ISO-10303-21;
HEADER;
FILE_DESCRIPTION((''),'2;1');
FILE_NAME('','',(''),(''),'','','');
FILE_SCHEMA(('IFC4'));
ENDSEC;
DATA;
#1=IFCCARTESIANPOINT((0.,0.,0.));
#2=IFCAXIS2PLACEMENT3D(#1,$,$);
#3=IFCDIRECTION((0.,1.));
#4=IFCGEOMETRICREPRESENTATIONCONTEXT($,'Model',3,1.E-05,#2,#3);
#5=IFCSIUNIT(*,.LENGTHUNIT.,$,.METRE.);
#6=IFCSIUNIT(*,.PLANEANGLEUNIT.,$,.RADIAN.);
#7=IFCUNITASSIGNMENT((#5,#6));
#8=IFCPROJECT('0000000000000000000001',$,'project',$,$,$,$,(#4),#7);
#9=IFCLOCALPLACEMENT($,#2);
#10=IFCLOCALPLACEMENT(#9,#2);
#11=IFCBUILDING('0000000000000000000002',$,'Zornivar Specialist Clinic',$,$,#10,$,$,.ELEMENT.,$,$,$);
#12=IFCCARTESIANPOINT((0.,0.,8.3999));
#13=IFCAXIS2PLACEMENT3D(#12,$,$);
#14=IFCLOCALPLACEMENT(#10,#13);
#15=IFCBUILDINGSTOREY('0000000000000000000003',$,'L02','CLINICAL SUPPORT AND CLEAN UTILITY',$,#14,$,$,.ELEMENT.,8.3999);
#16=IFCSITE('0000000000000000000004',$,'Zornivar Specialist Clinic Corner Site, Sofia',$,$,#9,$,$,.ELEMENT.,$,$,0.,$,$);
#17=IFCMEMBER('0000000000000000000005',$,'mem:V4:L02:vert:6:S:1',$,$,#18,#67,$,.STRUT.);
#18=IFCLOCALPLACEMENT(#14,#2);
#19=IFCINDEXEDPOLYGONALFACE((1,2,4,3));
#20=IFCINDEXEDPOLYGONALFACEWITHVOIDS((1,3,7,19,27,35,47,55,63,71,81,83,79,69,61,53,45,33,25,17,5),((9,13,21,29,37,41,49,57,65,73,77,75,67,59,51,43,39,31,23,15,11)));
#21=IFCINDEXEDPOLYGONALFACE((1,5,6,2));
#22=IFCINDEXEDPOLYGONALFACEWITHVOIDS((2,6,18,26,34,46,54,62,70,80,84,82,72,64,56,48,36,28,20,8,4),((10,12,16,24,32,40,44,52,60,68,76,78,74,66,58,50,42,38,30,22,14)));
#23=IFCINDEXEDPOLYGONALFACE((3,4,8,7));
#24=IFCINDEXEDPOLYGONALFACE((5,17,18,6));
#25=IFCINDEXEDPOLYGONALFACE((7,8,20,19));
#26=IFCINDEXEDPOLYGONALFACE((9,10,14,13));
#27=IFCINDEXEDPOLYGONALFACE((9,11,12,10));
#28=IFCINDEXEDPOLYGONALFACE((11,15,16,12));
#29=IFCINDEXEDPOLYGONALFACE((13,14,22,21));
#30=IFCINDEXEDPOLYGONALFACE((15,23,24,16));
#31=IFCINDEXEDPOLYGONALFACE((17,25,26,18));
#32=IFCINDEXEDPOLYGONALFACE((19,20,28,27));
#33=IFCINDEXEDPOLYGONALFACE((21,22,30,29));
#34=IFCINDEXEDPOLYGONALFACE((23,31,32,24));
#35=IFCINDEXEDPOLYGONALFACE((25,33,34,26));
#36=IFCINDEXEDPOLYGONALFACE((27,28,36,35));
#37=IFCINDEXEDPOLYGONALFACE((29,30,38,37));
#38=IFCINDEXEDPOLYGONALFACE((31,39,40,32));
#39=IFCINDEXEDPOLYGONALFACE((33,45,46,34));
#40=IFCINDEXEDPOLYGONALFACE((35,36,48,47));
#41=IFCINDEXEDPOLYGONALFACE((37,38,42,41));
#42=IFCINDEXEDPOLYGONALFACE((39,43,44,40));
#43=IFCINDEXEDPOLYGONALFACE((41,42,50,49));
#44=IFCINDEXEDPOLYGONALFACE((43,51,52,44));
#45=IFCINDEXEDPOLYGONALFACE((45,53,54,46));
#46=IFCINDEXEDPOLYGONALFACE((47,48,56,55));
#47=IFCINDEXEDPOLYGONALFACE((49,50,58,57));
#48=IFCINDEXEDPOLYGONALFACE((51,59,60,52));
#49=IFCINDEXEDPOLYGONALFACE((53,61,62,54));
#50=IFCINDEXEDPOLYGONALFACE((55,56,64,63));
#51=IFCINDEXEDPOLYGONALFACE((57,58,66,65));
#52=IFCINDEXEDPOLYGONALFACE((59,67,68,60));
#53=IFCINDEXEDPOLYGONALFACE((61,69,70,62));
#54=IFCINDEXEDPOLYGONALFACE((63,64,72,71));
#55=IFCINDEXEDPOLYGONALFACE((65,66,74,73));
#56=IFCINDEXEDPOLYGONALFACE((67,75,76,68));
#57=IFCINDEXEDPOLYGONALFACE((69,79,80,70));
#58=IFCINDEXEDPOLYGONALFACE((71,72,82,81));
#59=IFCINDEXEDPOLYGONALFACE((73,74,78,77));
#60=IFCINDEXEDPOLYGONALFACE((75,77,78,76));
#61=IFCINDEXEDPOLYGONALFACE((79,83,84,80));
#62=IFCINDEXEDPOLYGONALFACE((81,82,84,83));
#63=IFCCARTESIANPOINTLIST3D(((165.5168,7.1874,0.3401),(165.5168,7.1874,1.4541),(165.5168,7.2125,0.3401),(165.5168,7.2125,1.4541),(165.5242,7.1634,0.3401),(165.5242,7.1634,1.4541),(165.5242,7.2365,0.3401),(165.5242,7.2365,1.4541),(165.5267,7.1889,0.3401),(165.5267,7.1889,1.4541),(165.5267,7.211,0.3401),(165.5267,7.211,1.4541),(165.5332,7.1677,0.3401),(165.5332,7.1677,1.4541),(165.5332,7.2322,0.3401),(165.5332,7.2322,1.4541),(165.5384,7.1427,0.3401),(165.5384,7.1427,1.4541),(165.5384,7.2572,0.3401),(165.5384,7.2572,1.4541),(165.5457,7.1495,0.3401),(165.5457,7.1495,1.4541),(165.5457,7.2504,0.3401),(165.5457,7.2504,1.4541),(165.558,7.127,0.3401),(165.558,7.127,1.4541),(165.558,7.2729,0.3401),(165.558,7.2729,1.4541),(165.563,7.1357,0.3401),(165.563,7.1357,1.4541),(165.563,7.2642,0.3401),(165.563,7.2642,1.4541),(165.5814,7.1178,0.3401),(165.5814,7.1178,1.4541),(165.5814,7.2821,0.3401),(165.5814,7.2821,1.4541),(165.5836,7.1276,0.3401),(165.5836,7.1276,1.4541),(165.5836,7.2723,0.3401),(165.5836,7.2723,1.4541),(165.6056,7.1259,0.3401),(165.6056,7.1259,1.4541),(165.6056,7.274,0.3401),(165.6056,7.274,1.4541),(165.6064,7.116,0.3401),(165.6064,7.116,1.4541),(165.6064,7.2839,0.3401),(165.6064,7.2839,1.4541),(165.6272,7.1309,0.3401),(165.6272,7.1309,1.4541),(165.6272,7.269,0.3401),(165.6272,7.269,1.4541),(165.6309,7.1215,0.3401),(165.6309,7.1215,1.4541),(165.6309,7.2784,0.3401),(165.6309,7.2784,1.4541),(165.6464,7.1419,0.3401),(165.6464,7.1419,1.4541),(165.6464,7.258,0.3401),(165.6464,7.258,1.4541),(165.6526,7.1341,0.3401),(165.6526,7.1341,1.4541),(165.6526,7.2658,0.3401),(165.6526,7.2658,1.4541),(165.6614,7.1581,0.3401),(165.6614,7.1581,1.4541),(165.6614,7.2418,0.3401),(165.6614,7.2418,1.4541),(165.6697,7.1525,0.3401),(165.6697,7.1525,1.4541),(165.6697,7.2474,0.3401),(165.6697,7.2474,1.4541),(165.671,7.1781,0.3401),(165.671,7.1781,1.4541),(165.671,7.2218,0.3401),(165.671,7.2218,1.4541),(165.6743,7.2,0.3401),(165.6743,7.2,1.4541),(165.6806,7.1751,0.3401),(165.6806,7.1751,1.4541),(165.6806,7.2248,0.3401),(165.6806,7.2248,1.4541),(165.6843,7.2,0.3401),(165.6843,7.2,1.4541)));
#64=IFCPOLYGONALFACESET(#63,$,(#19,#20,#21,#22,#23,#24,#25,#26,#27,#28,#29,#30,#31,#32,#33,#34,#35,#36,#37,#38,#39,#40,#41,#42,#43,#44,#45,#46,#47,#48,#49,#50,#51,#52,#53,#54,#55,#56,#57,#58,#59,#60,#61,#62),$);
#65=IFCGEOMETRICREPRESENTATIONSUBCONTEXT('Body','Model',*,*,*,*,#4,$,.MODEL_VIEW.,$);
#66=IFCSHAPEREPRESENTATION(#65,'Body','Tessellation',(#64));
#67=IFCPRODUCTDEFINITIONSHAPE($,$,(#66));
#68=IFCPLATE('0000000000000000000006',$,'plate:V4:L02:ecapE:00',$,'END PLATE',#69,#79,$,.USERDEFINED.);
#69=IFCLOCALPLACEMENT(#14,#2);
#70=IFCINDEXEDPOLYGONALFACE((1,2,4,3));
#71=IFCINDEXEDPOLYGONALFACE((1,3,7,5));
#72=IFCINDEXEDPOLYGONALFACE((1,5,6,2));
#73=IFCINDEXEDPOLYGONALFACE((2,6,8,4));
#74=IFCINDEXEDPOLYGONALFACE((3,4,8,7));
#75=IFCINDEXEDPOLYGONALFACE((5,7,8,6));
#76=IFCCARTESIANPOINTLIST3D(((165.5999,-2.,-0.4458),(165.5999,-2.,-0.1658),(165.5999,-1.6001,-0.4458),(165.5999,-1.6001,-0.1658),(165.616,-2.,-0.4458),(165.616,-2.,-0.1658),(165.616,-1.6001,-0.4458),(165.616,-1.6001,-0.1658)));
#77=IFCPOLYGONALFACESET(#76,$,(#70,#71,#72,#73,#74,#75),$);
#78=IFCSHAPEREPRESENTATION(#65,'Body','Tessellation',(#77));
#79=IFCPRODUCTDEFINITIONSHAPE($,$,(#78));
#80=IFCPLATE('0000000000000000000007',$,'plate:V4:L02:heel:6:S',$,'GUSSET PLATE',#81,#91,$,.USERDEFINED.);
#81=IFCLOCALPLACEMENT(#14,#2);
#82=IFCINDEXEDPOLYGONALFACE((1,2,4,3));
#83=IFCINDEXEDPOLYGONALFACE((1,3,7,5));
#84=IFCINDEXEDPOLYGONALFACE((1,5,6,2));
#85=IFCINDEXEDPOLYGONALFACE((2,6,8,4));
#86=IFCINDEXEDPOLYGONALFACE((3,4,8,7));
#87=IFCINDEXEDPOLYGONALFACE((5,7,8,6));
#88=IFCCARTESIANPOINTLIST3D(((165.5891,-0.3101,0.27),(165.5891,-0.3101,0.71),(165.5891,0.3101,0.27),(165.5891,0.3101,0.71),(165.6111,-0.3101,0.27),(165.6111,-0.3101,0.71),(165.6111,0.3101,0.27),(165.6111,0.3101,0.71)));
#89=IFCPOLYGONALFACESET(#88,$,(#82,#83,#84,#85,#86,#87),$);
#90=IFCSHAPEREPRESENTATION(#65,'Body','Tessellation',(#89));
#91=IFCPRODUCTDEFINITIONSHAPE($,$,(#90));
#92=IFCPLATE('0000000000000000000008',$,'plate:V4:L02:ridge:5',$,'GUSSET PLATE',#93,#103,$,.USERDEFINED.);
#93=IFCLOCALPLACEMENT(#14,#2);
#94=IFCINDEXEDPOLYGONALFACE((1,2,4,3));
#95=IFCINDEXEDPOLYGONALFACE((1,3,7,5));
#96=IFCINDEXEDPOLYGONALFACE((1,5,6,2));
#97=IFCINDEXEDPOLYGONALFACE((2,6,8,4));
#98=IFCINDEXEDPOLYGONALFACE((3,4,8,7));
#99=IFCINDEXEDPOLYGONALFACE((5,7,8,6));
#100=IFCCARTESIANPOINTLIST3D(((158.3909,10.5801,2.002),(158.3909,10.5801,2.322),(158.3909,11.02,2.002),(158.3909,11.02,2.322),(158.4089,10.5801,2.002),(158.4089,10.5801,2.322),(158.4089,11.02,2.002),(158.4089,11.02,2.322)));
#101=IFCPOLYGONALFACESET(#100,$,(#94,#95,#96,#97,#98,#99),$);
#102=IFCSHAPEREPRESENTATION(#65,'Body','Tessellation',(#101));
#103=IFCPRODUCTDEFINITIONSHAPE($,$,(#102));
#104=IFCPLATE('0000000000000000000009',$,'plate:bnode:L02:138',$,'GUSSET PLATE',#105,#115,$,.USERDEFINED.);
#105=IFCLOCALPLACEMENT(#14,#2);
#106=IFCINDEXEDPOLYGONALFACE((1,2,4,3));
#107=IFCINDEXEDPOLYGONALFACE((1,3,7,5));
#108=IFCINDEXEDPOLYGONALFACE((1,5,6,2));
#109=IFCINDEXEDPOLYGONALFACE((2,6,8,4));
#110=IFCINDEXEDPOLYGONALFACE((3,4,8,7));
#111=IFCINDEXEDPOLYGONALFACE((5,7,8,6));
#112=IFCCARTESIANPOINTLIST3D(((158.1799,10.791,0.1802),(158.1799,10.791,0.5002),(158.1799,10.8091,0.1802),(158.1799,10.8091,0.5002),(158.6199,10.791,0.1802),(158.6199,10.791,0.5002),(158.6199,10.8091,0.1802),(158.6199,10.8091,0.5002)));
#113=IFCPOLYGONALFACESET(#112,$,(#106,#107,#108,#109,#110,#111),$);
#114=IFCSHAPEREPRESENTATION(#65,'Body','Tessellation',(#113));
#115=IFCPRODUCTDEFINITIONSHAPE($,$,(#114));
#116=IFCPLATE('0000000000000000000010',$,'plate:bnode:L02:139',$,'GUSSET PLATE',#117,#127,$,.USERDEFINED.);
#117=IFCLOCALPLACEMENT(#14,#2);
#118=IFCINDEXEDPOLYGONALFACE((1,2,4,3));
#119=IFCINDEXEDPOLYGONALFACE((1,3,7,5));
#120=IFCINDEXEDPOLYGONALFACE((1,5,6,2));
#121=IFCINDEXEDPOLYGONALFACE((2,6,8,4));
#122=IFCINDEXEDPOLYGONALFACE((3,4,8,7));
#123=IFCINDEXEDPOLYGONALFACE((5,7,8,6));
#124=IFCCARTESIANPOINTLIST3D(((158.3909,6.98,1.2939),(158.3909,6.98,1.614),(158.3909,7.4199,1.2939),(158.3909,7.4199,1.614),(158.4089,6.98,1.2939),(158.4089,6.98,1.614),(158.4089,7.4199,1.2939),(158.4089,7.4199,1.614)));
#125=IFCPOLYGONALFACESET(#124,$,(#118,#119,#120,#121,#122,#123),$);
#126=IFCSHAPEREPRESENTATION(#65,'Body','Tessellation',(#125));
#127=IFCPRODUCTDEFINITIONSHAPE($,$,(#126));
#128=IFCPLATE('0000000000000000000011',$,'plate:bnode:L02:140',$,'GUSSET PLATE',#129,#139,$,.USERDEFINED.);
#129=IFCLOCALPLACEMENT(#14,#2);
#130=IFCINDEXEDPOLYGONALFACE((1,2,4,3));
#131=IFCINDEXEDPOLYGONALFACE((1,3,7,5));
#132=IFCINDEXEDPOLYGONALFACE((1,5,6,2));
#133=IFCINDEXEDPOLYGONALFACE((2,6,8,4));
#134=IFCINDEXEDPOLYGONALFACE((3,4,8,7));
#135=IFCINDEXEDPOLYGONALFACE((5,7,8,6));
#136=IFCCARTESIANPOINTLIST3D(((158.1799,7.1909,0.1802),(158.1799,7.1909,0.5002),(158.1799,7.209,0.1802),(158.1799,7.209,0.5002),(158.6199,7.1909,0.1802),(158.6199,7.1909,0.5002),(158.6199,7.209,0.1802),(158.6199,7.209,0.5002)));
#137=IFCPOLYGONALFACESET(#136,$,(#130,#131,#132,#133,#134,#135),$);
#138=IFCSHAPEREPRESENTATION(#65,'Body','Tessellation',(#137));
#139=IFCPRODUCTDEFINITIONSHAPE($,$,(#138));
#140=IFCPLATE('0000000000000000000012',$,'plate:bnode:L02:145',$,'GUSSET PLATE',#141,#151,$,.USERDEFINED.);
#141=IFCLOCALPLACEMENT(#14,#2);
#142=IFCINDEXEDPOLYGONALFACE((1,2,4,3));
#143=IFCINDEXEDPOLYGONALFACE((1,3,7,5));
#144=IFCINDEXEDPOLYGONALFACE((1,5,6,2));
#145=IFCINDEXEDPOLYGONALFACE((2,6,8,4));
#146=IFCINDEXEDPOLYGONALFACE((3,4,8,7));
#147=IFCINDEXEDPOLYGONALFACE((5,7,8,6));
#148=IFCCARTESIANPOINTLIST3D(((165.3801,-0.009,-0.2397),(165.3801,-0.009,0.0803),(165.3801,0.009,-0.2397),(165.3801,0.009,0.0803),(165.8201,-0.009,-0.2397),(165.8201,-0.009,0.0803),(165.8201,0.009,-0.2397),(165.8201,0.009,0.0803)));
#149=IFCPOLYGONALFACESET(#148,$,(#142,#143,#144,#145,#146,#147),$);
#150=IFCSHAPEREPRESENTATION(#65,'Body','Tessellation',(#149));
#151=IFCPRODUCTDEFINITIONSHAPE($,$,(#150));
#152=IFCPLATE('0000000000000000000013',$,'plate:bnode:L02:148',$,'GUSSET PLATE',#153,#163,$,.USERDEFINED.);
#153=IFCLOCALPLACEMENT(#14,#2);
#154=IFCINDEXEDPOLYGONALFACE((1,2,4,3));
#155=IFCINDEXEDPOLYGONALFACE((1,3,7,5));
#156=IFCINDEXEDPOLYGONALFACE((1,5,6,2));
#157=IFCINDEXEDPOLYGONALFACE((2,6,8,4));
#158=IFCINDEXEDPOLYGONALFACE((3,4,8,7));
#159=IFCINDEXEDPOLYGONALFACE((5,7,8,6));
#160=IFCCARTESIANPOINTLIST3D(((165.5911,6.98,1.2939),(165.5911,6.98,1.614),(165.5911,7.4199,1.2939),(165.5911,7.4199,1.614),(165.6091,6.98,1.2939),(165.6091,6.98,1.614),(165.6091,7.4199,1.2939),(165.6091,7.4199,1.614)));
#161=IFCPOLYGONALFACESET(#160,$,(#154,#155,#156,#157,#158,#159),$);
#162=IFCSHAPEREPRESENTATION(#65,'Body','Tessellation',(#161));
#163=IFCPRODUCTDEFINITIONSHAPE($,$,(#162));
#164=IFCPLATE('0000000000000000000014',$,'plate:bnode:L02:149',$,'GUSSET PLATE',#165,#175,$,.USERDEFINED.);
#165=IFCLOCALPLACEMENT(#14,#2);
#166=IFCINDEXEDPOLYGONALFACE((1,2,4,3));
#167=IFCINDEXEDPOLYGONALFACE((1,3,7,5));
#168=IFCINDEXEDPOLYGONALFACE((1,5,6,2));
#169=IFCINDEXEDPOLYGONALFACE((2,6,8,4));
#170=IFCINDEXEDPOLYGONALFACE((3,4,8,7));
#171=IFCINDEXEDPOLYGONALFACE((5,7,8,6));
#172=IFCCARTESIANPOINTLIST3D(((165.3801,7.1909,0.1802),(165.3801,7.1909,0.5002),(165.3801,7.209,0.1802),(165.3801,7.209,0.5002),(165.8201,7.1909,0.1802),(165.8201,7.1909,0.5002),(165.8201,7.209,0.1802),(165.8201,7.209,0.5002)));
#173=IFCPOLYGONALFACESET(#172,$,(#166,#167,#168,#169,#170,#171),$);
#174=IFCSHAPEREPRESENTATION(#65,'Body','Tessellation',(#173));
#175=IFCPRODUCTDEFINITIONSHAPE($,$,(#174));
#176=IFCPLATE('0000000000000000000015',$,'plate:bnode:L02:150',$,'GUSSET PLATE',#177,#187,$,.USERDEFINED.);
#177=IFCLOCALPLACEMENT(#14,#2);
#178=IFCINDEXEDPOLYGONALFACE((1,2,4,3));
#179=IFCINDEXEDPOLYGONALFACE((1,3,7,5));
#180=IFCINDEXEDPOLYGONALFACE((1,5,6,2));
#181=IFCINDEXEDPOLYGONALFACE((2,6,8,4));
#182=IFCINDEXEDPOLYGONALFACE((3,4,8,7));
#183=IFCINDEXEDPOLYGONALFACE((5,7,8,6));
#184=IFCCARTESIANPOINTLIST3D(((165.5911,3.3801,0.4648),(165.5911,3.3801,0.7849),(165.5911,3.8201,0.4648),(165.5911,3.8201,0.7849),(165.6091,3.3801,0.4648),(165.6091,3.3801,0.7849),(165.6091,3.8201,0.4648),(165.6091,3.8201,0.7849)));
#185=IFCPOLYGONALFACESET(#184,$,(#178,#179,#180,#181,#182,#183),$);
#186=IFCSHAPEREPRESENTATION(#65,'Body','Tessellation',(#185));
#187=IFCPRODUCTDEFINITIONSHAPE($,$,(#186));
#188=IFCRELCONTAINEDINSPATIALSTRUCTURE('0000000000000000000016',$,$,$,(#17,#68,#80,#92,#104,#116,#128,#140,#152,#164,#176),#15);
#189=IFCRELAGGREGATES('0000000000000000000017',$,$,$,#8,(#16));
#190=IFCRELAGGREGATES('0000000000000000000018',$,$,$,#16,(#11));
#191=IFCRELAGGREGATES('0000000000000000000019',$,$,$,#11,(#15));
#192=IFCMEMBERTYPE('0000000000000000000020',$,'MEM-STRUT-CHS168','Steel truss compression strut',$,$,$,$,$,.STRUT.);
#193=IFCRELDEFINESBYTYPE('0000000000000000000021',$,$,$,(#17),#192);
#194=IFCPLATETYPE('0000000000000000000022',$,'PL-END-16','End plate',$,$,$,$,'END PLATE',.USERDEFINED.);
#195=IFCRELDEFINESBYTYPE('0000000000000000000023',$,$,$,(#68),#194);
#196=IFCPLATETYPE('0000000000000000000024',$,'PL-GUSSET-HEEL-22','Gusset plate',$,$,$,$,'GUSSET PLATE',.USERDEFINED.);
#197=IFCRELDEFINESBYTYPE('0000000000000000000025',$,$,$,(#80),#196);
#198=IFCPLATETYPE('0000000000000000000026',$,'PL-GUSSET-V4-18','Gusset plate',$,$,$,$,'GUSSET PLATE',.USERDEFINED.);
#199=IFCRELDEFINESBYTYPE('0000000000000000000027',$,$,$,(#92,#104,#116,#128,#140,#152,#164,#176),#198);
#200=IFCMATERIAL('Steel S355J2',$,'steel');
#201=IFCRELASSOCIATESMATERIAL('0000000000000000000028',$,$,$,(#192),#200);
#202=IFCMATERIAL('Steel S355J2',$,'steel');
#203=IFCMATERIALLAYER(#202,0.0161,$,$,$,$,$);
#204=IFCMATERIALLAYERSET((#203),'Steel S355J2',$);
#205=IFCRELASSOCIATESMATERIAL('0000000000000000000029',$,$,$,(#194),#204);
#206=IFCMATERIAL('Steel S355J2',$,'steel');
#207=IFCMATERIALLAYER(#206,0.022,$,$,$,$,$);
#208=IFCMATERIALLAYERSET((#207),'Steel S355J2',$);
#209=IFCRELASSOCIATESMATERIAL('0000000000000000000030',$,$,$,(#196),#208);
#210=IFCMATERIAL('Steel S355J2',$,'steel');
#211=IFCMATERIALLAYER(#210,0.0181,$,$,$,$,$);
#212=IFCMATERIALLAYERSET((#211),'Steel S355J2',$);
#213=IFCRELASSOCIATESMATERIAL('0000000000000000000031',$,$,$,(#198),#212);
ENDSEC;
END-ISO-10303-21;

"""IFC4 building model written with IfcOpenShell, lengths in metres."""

from ifc_helpers import new_model, si_unit, direction, frame, origin, origin_2d, place, context, subcontext, project, spatial, rectangle, hollow_circle, extrude, material, layer, layer_set, material_profile, profile_set, type_object, element, save


model = new_model("IFC4")

# Units and contexts
model_context = context("Model", 3, precision=1e-05, world=origin(), true_north=direction((0.0, 1.0)))
body_context = subcontext(model_context, "Body", "Model", "MODEL_VIEW")
ifc_project = project(units=[si_unit("LENGTHUNIT", "METRE"), si_unit("PLANEANGLEUNIT", "RADIAN")], contexts=[model_context])

# Site, building, storey
site_placement = place(None, origin())
site = spatial("IfcSite", under=ifc_project, at=site_placement, Name="Zornivar Specialist Clinic Corner Site, Sofia", CompositionType="ELEMENT", RefElevation=0.0)
building_placement = place(site_placement, origin())
building = spatial("IfcBuilding", under=site, at=building_placement, Name="Zornivar Specialist Clinic", CompositionType="ELEMENT")
storey_placement = place(building_placement, frame((0.0, 0.0, 8.3999)))
storey = spatial("IfcBuildingStorey", under=building, at=storey_placement, Name="L02", Description="CLINICAL SUPPORT AND CLEAN UTILITY", CompositionType="ELEMENT", Elevation=8.3999)

# Member
ifc_material_1 = material(Name="Steel S355J2", Category="steel")
ifc_material_profile_1 = material_profile(ifc_material_1, hollow_circle(Radius=0.0842, WallThickness=0.01, at=origin_2d()), Name="CHS 168.3x10")
ifc_profile_set_1 = profile_set([ifc_material_profile_1], Name="Steel S355J2")
member_type_1 = type_object("IfcMemberType", Name="MEM-STRUT-CHS168", Description="Steel truss compression strut", PredefinedType="STRUT", material=ifc_profile_set_1)
member_1_placement = place(storey_placement, frame((165.6001, 7.2, 0.3401), z_axis=(0.0, 0.0, 1.0), x_axis=(1.0, 0.0, 0.0)))
element("IfcMember", 1, at=member_1_placement, inside=storey, type_object=member_type_1, Name="mem:V4:L02:vert:6:S:1", PredefinedType="STRUT", context=body_context, shape_type="SweptSolid", body=[
    extrude(hollow_circle(Radius=0.0842, WallThickness=0.01, at=origin_2d()), origin(), (0.0, 0.0, 1.0), 1.114),
])

# Plates
ifc_material_2 = material(Name="Steel S355J2", Category="steel")
ifc_layer_1 = layer(ifc_material_2, 0.0161)
ifc_layer_set_1 = layer_set([ifc_layer_1], Name="Steel S355J2")
plate_type_1 = type_object("IfcPlateType", Name="PL-END-16", Description="End plate", ElementType="END PLATE", PredefinedType="USERDEFINED", material=ifc_layer_set_1)
plate_1_placement = place(storey_placement, frame((165.6079, -1.8, -0.4458), z_axis=(0.0, 0.0, 1.0), x_axis=(1.0, 0.0, 0.0)))
element("IfcPlate", 2, at=plate_1_placement, inside=storey, type_object=plate_type_1, Name="plate:V4:L02:ecapE:00", ObjectType="END PLATE", PredefinedType="USERDEFINED", context=body_context, shape_type="SweptSolid", body=[
    extrude(rectangle(XDim=0.0161, YDim=0.3999, at=origin_2d()), origin(), (0.0, 0.0, 1.0), 0.28),
])
ifc_material_3 = material(Name="Steel S355J2", Category="steel")
ifc_layer_2 = layer(ifc_material_3, 0.022)
ifc_layer_set_2 = layer_set([ifc_layer_2], Name="Steel S355J2")
plate_type_2 = type_object("IfcPlateType", Name="PL-GUSSET-HEEL-22", Description="Gusset plate", ElementType="GUSSET PLATE", PredefinedType="USERDEFINED", material=ifc_layer_set_2)
plate_2_placement = place(storey_placement, frame((165.6001, 0.0, 0.27), z_axis=(0.0, 0.0, 1.0), x_axis=(1.0, 0.0, 0.0)))
element("IfcPlate", 3, at=plate_2_placement, inside=storey, type_object=plate_type_2, Name="plate:V4:L02:heel:6:S", ObjectType="GUSSET PLATE", PredefinedType="USERDEFINED", context=body_context, shape_type="SweptSolid", body=[
    extrude(rectangle(XDim=0.022, YDim=0.6201, at=origin_2d()), origin(), (0.0, 0.0, 1.0), 0.4399),
])
ifc_material_4 = material(Name="Steel S355J2", Category="steel")
ifc_layer_3 = layer(ifc_material_4, 0.0181)
ifc_layer_set_3 = layer_set([ifc_layer_3], Name="Steel S355J2")
plate_type_3 = type_object("IfcPlateType", Name="PL-GUSSET-V4-18", Description="Gusset plate", ElementType="GUSSET PLATE", PredefinedType="USERDEFINED", material=ifc_layer_set_3)
plate_3_placement = place(storey_placement, frame((158.3999, 10.8, 2.002), z_axis=(0.0, 0.0, 1.0), x_axis=(1.0, 0.0, 0.0)))
element("IfcPlate", 4, at=plate_3_placement, inside=storey, type_object=plate_type_3, Name="plate:V4:L02:ridge:5", ObjectType="GUSSET PLATE", PredefinedType="USERDEFINED", context=body_context, shape_type="SweptSolid", body=[
    extrude(rectangle(XDim=0.0181, YDim=0.4399, at=origin_2d()), origin(), (0.0, 0.0, 1.0), 0.3201),
])
for number, where, z_axis, x_axis, name in (
    (5, (158.3999, 10.8, 0.1802), (0.0, 0.0, 1.0), (1.0, 0.0, 0.0), "plate:bnode:L02:138"),
    (6, (158.3999, 7.2, 1.2939), (0.0, 0.0, 1.0), (0.0, 1.0, 0.0), "plate:bnode:L02:139"),
    (7, (158.3999, 7.2, 0.1802), (0.0, 0.0, 1.0), (1.0, 0.0, 0.0), "plate:bnode:L02:140"),
    (8, (165.6001, 0.0, -0.2397), (0.0, 0.0, 1.0), (1.0, 0.0, 0.0), "plate:bnode:L02:145"),
    (9, (165.6001, 7.2, 1.2939), (0.0, 0.0, 1.0), (0.0, 1.0, 0.0), "plate:bnode:L02:148"),
    (10, (165.6001, 7.2, 0.1802), (0.0, 0.0, 1.0), (1.0, 0.0, 0.0), "plate:bnode:L02:149"),
    (11, (165.6001, 3.6001, 0.4648), (0.0, 0.0, 1.0), (0.0, 1.0, 0.0), "plate:bnode:L02:150"),
):
    element("IfcPlate", number, at=place(storey_placement, frame(where, z_axis=z_axis, x_axis=x_axis)), inside=storey, type_object=plate_type_3, Name=name, ObjectType="GUSSET PLATE", PredefinedType="USERDEFINED", context=body_context, shape_type="SweptSolid", body=[
        extrude(rectangle(XDim=0.4399, YDim=0.0181, at=origin_2d()), origin(), (0.0, 0.0, 1.0), 0.3201),
    ])

save(model, "model.ifc")
